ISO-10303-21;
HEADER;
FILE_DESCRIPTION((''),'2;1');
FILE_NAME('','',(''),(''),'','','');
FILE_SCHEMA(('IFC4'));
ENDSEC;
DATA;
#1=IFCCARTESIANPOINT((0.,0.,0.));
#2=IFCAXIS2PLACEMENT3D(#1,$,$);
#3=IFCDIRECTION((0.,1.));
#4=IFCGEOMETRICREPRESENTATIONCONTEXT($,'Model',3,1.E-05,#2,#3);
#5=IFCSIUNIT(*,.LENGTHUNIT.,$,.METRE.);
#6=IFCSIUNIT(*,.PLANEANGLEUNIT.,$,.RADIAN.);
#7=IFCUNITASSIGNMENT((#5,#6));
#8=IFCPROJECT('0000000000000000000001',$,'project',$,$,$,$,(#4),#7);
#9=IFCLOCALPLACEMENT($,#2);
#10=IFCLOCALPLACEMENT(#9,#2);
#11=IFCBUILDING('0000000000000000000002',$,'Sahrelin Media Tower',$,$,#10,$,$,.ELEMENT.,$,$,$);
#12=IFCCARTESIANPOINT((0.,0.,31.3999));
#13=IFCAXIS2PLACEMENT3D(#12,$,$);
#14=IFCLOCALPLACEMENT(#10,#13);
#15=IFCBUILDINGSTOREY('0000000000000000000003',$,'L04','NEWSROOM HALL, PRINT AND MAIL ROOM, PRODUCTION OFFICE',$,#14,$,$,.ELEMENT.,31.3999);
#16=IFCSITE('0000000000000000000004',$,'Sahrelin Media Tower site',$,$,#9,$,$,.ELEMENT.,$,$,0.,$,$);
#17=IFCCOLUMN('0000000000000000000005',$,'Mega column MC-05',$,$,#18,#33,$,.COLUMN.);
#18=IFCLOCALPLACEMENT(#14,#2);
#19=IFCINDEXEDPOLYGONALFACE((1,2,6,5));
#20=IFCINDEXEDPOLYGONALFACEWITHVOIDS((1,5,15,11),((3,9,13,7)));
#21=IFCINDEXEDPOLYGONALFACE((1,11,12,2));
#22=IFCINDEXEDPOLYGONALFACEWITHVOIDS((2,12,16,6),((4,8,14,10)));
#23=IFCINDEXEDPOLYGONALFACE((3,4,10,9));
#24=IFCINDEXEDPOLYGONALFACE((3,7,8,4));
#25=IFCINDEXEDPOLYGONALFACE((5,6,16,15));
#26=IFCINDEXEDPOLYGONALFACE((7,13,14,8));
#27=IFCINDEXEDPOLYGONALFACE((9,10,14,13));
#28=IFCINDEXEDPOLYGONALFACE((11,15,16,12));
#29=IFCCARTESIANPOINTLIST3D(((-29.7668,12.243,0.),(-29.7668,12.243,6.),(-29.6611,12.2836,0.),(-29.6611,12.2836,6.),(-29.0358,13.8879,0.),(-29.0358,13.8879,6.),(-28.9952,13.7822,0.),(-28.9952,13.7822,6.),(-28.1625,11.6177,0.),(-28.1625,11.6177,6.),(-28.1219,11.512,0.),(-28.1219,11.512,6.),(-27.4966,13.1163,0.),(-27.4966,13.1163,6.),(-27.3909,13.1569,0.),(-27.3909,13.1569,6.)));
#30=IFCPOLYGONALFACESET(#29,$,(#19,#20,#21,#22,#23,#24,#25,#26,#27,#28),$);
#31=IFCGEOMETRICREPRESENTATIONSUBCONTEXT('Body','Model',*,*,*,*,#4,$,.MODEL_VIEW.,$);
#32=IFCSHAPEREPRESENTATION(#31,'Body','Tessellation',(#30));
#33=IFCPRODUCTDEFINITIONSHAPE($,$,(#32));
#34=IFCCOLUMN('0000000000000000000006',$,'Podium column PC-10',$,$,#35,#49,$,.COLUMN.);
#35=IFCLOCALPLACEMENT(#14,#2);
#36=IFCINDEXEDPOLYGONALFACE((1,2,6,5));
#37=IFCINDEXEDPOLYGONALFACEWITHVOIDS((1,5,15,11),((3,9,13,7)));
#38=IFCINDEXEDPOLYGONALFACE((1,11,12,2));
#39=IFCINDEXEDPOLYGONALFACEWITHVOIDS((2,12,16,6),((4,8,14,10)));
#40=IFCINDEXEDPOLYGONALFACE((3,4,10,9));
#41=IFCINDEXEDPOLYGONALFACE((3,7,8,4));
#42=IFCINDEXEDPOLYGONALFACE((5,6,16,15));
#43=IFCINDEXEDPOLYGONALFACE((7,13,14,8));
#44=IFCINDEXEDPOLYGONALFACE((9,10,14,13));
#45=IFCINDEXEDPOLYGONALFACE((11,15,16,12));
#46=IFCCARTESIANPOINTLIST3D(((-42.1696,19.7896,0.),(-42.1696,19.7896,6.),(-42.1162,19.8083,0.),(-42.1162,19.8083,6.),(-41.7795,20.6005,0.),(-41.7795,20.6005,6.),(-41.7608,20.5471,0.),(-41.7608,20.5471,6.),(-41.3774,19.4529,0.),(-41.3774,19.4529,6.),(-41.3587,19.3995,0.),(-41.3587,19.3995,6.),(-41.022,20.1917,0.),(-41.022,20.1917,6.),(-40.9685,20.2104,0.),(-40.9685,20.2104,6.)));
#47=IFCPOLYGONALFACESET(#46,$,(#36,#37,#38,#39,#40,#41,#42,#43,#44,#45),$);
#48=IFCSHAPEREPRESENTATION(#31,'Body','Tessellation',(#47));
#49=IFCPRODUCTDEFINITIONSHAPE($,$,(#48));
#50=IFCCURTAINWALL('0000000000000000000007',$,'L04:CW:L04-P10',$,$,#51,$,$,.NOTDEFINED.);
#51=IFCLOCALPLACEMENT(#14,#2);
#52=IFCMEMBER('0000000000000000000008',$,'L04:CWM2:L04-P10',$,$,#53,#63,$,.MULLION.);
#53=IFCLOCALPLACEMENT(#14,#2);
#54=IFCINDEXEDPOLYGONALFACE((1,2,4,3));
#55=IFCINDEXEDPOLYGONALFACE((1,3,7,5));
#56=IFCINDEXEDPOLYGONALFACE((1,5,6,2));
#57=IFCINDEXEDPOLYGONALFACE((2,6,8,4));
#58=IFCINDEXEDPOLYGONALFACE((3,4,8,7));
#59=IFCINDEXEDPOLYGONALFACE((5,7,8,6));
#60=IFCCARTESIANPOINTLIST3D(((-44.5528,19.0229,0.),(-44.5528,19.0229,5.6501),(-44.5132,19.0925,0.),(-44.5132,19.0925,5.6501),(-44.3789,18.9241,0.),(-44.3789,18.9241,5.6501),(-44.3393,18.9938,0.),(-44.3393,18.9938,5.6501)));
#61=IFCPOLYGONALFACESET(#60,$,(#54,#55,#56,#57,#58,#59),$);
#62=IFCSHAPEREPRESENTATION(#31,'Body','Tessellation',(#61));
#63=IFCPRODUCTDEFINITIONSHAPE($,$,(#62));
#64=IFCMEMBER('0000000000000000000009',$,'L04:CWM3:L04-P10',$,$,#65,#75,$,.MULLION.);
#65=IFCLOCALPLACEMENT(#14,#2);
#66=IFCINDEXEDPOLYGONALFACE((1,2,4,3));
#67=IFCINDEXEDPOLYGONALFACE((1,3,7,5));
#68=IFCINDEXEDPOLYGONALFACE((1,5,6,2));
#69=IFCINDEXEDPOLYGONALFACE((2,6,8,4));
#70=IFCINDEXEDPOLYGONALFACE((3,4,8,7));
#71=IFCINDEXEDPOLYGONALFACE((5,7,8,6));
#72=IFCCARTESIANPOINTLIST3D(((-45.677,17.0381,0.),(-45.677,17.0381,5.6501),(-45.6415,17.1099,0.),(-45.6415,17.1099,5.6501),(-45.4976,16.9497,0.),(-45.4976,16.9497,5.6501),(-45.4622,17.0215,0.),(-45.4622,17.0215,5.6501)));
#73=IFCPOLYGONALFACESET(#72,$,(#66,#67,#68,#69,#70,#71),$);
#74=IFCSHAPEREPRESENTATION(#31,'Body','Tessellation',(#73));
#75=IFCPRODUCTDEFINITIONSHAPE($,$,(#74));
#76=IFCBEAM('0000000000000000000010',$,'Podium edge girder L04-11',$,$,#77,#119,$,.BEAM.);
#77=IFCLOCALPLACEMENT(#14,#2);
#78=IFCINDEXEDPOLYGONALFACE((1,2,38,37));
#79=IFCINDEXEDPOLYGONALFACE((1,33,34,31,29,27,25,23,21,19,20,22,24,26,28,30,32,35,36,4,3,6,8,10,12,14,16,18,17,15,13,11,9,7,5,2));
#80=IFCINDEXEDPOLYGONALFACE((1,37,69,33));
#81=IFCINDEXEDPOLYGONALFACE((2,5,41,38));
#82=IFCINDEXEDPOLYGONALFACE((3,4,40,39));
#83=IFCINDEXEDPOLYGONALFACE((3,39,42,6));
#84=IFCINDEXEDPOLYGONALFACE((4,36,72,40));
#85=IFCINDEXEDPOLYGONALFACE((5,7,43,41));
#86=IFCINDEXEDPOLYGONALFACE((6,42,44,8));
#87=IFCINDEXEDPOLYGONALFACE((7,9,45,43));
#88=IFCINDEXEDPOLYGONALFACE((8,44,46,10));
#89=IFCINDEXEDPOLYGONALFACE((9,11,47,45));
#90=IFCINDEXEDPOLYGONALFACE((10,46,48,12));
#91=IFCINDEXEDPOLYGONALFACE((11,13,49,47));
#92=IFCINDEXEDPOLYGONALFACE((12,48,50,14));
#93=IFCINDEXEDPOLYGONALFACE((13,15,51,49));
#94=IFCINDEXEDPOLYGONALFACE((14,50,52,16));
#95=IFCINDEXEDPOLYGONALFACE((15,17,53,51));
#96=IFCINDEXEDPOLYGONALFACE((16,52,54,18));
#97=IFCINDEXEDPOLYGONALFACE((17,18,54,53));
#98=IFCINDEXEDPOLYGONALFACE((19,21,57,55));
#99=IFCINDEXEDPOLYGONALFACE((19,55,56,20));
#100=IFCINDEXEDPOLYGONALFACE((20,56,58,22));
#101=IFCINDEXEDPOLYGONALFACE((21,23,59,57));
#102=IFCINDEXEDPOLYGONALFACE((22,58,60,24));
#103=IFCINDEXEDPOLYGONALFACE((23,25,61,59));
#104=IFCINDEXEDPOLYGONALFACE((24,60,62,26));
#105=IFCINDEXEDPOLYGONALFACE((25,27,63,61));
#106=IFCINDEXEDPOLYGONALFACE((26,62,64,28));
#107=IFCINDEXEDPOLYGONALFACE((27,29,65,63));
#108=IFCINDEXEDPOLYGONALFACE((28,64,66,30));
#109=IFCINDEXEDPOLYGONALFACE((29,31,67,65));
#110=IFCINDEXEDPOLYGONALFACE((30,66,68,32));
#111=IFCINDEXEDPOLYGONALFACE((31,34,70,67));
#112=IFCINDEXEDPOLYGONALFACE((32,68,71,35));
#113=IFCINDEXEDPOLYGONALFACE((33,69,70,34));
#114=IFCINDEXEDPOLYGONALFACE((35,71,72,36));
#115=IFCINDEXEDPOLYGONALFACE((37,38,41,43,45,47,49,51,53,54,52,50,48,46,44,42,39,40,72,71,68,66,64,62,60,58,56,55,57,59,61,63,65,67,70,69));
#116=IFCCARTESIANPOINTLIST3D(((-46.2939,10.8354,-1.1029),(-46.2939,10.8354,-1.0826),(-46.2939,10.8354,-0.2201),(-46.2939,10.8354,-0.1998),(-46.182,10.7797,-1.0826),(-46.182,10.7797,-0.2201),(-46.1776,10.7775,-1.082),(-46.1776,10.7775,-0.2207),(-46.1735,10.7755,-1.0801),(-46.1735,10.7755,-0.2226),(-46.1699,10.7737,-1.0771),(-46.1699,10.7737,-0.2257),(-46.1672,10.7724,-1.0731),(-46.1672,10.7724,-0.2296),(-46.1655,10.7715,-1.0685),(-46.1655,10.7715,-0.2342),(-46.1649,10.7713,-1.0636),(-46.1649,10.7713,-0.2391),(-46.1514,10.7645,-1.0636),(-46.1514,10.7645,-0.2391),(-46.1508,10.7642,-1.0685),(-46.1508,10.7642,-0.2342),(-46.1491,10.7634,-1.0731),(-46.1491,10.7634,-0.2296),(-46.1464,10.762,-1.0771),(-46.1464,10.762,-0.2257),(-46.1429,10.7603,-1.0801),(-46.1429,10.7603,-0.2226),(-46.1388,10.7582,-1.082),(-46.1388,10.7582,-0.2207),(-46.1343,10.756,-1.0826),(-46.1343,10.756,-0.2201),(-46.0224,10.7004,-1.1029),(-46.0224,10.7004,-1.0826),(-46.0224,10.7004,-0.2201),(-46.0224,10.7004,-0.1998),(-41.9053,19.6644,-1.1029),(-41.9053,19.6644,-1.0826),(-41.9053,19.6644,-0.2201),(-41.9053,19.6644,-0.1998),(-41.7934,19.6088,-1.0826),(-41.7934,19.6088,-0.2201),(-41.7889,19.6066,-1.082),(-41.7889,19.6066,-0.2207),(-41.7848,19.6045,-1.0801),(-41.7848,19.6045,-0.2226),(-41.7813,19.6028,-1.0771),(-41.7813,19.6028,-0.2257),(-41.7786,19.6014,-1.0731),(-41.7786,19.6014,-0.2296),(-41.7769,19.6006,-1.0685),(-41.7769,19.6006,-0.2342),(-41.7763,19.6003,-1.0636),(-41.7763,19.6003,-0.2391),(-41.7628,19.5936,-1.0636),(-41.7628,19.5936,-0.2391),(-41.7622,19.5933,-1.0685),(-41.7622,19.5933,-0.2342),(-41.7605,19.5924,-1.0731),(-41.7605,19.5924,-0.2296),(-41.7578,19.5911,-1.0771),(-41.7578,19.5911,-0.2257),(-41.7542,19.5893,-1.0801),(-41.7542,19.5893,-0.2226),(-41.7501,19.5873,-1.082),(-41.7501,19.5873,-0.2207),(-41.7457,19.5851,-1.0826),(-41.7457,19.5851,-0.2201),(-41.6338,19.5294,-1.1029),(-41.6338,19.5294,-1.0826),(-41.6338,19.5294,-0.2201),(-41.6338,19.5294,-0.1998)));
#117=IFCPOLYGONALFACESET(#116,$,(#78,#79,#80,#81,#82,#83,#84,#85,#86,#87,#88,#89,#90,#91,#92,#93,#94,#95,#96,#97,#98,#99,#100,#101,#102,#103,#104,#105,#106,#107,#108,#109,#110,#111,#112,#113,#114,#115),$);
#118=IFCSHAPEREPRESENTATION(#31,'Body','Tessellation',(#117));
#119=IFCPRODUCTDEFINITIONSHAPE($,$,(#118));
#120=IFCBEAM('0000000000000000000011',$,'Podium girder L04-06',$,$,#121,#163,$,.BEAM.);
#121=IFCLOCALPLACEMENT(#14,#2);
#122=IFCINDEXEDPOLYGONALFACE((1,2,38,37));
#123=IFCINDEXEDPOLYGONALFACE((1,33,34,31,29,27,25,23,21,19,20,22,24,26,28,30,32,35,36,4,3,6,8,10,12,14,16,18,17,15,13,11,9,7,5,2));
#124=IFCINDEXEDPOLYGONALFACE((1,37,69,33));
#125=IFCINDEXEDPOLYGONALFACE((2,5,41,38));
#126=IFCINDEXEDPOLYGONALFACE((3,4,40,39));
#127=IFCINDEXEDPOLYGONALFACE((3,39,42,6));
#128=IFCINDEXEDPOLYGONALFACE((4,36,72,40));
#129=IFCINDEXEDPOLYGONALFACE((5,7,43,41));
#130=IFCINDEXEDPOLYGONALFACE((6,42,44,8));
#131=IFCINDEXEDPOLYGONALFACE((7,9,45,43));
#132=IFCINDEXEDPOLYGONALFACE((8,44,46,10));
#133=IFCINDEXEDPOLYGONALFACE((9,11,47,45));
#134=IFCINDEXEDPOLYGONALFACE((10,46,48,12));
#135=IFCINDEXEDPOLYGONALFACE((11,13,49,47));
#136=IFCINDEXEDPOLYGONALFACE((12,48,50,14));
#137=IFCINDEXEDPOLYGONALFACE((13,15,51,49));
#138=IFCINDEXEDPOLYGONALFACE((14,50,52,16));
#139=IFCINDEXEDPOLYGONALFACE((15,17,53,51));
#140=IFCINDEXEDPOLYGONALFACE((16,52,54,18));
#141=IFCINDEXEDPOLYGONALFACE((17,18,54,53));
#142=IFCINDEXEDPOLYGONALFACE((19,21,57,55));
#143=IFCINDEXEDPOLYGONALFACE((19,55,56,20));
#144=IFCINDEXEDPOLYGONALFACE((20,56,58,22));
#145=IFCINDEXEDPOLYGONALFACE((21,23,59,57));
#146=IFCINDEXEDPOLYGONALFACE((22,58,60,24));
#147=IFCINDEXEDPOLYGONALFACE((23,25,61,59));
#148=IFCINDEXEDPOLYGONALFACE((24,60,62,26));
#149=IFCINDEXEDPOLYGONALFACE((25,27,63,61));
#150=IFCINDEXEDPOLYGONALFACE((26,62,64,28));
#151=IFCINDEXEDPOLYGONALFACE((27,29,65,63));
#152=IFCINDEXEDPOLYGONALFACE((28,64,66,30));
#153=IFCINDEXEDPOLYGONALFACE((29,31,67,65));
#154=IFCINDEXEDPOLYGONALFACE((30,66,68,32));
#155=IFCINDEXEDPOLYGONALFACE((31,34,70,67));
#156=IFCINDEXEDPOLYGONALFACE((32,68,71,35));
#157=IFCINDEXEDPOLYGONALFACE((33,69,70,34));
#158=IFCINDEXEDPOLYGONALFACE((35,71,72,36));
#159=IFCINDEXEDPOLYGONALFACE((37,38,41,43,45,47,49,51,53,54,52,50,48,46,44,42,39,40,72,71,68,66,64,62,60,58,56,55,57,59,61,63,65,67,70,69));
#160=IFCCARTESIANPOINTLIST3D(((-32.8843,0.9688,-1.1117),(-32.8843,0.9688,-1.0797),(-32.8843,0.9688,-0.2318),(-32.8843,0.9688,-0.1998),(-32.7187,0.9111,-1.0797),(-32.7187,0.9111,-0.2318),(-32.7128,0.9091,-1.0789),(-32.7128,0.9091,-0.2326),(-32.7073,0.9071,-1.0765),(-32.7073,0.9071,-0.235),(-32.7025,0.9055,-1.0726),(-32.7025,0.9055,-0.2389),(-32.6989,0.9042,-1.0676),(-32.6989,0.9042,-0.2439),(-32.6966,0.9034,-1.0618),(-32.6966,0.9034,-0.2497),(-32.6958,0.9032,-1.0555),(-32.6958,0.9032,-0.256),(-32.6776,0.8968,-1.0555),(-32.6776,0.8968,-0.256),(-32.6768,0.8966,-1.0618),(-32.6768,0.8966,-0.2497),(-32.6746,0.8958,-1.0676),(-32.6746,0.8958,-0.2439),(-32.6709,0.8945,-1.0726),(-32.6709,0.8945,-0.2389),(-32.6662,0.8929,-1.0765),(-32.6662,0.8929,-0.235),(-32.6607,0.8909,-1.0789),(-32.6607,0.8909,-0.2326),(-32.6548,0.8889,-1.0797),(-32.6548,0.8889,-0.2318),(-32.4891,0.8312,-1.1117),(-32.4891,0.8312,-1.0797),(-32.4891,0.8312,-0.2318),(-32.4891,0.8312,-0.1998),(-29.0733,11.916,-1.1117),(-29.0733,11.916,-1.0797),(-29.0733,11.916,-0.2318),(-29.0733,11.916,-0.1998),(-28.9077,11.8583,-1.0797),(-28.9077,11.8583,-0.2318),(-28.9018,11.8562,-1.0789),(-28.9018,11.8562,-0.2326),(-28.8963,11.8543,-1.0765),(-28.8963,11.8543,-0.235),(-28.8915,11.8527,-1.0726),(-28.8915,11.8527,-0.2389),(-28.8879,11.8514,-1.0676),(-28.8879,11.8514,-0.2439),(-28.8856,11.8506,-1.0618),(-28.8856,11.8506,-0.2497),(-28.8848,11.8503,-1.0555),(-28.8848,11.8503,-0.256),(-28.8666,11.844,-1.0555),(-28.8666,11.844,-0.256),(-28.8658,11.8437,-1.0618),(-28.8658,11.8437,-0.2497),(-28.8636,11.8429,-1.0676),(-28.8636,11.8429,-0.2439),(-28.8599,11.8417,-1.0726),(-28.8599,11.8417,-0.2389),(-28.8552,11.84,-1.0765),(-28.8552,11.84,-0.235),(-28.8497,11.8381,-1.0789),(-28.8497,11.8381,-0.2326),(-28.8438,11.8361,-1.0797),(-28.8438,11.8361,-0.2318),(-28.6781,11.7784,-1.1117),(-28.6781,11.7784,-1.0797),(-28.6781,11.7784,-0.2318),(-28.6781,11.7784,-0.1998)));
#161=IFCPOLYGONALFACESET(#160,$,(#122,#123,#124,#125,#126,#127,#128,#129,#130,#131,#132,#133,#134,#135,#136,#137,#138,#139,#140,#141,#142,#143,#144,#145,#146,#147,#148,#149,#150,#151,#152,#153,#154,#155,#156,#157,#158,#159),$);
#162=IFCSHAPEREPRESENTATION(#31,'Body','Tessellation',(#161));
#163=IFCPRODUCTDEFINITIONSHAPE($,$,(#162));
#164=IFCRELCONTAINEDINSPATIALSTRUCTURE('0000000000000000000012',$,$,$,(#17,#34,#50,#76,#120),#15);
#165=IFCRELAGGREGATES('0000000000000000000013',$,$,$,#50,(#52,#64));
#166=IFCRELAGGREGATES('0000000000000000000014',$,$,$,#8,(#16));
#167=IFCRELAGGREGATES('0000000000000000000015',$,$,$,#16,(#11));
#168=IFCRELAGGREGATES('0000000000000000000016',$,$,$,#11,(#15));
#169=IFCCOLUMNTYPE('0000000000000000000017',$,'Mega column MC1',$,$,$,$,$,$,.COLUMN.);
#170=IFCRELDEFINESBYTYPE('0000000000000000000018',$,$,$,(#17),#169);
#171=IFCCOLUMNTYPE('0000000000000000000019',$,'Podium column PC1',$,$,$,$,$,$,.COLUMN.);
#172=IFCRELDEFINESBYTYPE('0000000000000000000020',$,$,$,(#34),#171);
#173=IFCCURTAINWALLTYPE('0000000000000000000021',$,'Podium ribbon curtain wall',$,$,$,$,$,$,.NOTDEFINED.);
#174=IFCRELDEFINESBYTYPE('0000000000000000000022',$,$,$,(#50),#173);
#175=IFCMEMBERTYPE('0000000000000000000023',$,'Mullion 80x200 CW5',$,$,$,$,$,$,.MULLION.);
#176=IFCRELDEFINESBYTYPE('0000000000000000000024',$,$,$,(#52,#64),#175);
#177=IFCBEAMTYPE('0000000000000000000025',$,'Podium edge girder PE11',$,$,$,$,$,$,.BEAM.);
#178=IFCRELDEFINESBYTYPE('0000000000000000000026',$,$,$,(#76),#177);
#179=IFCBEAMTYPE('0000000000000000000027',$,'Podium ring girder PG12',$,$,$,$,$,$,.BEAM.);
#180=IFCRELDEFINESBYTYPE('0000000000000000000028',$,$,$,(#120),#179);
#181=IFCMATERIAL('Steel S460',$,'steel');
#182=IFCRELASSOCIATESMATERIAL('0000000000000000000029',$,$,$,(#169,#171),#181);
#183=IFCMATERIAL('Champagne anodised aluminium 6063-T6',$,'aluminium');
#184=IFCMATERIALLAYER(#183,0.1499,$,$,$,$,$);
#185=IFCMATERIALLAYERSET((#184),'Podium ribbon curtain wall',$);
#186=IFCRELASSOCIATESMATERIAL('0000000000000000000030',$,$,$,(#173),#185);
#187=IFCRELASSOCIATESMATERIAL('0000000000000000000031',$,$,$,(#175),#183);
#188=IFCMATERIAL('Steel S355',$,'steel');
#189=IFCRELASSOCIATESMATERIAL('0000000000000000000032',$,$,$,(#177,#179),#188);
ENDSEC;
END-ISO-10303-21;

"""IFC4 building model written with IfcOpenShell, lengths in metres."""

from ifc_helpers import new_model, si_unit, direction, frame, origin, origin_2d, place, context, subcontext, project, spatial, rectangle, hollow_rectangle, i_section, extrude, material, layer, layer_set, material_profile, profile_set, type_object, element, aggregate, save


model = new_model("IFC4")

# Units and contexts
model_context = context("Model", 3, precision=1e-05, world=origin(), true_north=direction((0.0, 1.0)))
body_context = subcontext(model_context, "Body", "Model", "MODEL_VIEW")
ifc_project = project(units=[si_unit("LENGTHUNIT", "METRE"), si_unit("PLANEANGLEUNIT", "RADIAN")], contexts=[model_context])

# Site, building, storey
site_placement = place(None, origin())
site = spatial("IfcSite", under=ifc_project, at=site_placement, Name="Sahrelin Media Tower site", CompositionType="ELEMENT", RefElevation=0.0)
building_placement = place(site_placement, origin())
building = spatial("IfcBuilding", under=site, at=building_placement, Name="Sahrelin Media Tower", CompositionType="ELEMENT")
storey_placement = place(building_placement, frame((0.0, 0.0, 31.3999)))
storey = spatial("IfcBuildingStorey", under=building, at=storey_placement, Name="L04", Description="NEWSROOM HALL, PRINT AND MAIL ROOM, PRODUCTION OFFICE", CompositionType="ELEMENT", Elevation=31.3999)

# Columns
ifc_material_1 = material(Name="Steel S460", Category="steel")
ifc_material_profile_1 = material_profile(ifc_material_1, hollow_rectangle(XDim=1.8, YDim=1.8, WallThickness=0.0801, at=origin_2d()), Name="Mega column MC1")
ifc_profile_set_1 = profile_set([ifc_material_profile_1], Name="Steel S460")
column_type_1 = type_object("IfcColumnType", Name="Mega column MC1", PredefinedType="COLUMN", material=ifc_profile_set_1)
column_1_placement = place(storey_placement, frame((-28.5789, 12.7, 0.0), z_axis=(0.0, 0.0, 1.0), x_axis=(-0.913831, 0.406094, 0.0)))
element("IfcColumn", 1, at=column_1_placement, inside=storey, type_object=column_type_1, Name="Mega column MC-05", PredefinedType="COLUMN", context=body_context, shape_type="SweptSolid", body=[
    extrude(hollow_rectangle(XDim=1.8, YDim=1.8, WallThickness=0.0801, at=origin_2d()), origin(), (0.0, 0.0, 1.0), 6.0),
])
ifc_material_profile_2 = material_profile(ifc_material_1, hollow_rectangle(XDim=0.8999, YDim=0.8999, WallThickness=0.04, at=origin_2d()), Name="Podium column PC1")
ifc_profile_set_2 = profile_set([ifc_material_profile_2], Name="Steel S460")
column_type_2 = type_object("IfcColumnType", Name="Podium column PC1", PredefinedType="COLUMN", material=ifc_profile_set_2)
column_2_placement = place(storey_placement, frame((-41.5691, 20.0, 0.0), z_axis=(0.0, 0.0, 1.0), x_axis=(-0.901127, 0.433555, 0.0)))
element("IfcColumn", 2, at=column_2_placement, inside=storey, type_object=column_type_2, Name="Podium column PC-10", PredefinedType="COLUMN", context=body_context, shape_type="SweptSolid", body=[
    extrude(hollow_rectangle(XDim=0.8999, YDim=0.8999, WallThickness=0.04, at=origin_2d()), origin(), (0.0, 0.0, 1.0), 6.0),
])

# Curtain wall, members
ifc_material_2 = material(Name="Champagne anodised aluminium 6063-T6", Category="aluminium")
ifc_layer_1 = layer(ifc_material_2, 0.1499)
ifc_layer_set_1 = layer_set([ifc_layer_1], Name="Podium ribbon curtain wall")
curtain_wall_type = type_object("IfcCurtainWallType", Name="Podium ribbon curtain wall", PredefinedType="NOTDEFINED", material=ifc_layer_set_1)
curtain_wall_placement = place(storey_placement, frame((-43.3013, 21.0, 0.0), z_axis=(0.0, 0.0, 1.0), x_axis=(1.0, 0.0, 0.0)))
curtain_wall = element("IfcCurtainWall", 3, at=curtain_wall_placement, inside=storey, type_object=curtain_wall_type, Name="L04:CW:L04-P10", PredefinedType="NOTDEFINED")
ifc_material_profile_3 = material_profile(ifc_material_2, rectangle(XDim=0.0801, YDim=0.2, at=origin_2d()), Name="Mullion 80x200")
ifc_profile_set_3 = profile_set([ifc_material_profile_3], Name="Champagne anodised aluminium 6063-T6")
member_type_1 = type_object("IfcMemberType", Name="Mullion 80x200 CW5", PredefinedType="MULLION", material=ifc_profile_set_3)
member_1_placement = place(storey_placement, frame((-44.446, 19.0083, 0.0), z_axis=(0.0, 0.0, 1.0), x_axis=(-0.493787, -0.869583, 0.0)))
member_1 = element("IfcMember", 4, at=member_1_placement, type_object=member_type_1, Name="L04:CWM2:L04-P10", PredefinedType="MULLION", context=body_context, shape_type="SweptSolid", body=[
    extrude(rectangle(XDim=0.0801, YDim=0.2, at=origin_2d()), origin(), (0.0, 0.0, 1.0), 5.6501),
])
member_2_placement = place(storey_placement, frame((-45.5696, 17.0298, 0.0), z_axis=(0.0, 0.0, 1.0), x_axis=(-0.442262, -0.896886, 0.0)))
member_2 = element("IfcMember", 5, at=member_2_placement, type_object=member_type_1, Name="L04:CWM3:L04-P10", PredefinedType="MULLION", context=body_context, shape_type="SweptSolid", body=[
    extrude(rectangle(XDim=0.0801, YDim=0.2, at=origin_2d()), origin(), (0.0, 0.0, 1.0), 5.6501),
])

# Beams
ifc_material_3 = material(Name="Steel S355", Category="steel")
ifc_material_profile_4 = material_profile(ifc_material_3, i_section(OverallWidth=0.3032, OverallDepth=0.9031, WebThickness=0.0151, FlangeThickness=0.0203, FilletRadius=0.019, at=origin_2d()), Name="UB 914x305x201")
ifc_profile_set_4 = profile_set([ifc_material_profile_4], Name="Steel S355")
beam_type_1 = type_object("IfcBeamType", Name="Podium edge girder PE11", PredefinedType="BEAM", material=ifc_profile_set_4)
beam_1_placement = place(storey_placement, frame((-41.7695, 19.5969, -0.6514), z_axis=(-0.445113, -0.895475, 0.0), x_axis=(0.895475, -0.445113, 0.0)))
element("IfcBeam", 6, at=beam_1_placement, inside=storey, type_object=beam_type_1, Name="Podium edge girder L04-11", PredefinedType="BEAM", context=body_context, shape_type="SweptSolid", body=[
    extrude(i_section(OverallWidth=0.3032, OverallDepth=0.9031, WebThickness=0.0151, FlangeThickness=0.0203, FilletRadius=0.019, at=origin_2d()), origin(), (0.0, 0.0, 1.0), 9.8596),
])
ifc_material_profile_5 = material_profile(ifc_material_3, i_section(OverallWidth=0.4185, OverallDepth=0.9119, WebThickness=0.0193, FlangeThickness=0.032, FilletRadius=0.0242, at=origin_2d()), Name="UB 914x419x343")
ifc_profile_set_5 = profile_set([ifc_material_profile_5], Name="Steel S355")
beam_type_2 = type_object("IfcBeamType", Name="Podium ring girder PG12", PredefinedType="BEAM", material=ifc_profile_set_5)
beam_2_placement = place(storey_placement, frame((-28.8757, 11.8472, -0.6558), z_axis=(-0.328774, -0.944409, 0.0), x_axis=(0.944409, -0.328774, 0.0)))
element("IfcBeam", 7, at=beam_2_placement, inside=storey, type_object=beam_type_2, Name="Podium girder L04-06", PredefinedType="BEAM", context=body_context, shape_type="SweptSolid", body=[
    extrude(i_section(OverallWidth=0.4185, OverallDepth=0.9119, WebThickness=0.0193, FlangeThickness=0.032, FilletRadius=0.0242, at=origin_2d()), origin(), (0.0, 0.0, 1.0), 11.5916),
])

aggregate(curtain_wall, [member_1, member_2])

save(model, "model.ifc")
